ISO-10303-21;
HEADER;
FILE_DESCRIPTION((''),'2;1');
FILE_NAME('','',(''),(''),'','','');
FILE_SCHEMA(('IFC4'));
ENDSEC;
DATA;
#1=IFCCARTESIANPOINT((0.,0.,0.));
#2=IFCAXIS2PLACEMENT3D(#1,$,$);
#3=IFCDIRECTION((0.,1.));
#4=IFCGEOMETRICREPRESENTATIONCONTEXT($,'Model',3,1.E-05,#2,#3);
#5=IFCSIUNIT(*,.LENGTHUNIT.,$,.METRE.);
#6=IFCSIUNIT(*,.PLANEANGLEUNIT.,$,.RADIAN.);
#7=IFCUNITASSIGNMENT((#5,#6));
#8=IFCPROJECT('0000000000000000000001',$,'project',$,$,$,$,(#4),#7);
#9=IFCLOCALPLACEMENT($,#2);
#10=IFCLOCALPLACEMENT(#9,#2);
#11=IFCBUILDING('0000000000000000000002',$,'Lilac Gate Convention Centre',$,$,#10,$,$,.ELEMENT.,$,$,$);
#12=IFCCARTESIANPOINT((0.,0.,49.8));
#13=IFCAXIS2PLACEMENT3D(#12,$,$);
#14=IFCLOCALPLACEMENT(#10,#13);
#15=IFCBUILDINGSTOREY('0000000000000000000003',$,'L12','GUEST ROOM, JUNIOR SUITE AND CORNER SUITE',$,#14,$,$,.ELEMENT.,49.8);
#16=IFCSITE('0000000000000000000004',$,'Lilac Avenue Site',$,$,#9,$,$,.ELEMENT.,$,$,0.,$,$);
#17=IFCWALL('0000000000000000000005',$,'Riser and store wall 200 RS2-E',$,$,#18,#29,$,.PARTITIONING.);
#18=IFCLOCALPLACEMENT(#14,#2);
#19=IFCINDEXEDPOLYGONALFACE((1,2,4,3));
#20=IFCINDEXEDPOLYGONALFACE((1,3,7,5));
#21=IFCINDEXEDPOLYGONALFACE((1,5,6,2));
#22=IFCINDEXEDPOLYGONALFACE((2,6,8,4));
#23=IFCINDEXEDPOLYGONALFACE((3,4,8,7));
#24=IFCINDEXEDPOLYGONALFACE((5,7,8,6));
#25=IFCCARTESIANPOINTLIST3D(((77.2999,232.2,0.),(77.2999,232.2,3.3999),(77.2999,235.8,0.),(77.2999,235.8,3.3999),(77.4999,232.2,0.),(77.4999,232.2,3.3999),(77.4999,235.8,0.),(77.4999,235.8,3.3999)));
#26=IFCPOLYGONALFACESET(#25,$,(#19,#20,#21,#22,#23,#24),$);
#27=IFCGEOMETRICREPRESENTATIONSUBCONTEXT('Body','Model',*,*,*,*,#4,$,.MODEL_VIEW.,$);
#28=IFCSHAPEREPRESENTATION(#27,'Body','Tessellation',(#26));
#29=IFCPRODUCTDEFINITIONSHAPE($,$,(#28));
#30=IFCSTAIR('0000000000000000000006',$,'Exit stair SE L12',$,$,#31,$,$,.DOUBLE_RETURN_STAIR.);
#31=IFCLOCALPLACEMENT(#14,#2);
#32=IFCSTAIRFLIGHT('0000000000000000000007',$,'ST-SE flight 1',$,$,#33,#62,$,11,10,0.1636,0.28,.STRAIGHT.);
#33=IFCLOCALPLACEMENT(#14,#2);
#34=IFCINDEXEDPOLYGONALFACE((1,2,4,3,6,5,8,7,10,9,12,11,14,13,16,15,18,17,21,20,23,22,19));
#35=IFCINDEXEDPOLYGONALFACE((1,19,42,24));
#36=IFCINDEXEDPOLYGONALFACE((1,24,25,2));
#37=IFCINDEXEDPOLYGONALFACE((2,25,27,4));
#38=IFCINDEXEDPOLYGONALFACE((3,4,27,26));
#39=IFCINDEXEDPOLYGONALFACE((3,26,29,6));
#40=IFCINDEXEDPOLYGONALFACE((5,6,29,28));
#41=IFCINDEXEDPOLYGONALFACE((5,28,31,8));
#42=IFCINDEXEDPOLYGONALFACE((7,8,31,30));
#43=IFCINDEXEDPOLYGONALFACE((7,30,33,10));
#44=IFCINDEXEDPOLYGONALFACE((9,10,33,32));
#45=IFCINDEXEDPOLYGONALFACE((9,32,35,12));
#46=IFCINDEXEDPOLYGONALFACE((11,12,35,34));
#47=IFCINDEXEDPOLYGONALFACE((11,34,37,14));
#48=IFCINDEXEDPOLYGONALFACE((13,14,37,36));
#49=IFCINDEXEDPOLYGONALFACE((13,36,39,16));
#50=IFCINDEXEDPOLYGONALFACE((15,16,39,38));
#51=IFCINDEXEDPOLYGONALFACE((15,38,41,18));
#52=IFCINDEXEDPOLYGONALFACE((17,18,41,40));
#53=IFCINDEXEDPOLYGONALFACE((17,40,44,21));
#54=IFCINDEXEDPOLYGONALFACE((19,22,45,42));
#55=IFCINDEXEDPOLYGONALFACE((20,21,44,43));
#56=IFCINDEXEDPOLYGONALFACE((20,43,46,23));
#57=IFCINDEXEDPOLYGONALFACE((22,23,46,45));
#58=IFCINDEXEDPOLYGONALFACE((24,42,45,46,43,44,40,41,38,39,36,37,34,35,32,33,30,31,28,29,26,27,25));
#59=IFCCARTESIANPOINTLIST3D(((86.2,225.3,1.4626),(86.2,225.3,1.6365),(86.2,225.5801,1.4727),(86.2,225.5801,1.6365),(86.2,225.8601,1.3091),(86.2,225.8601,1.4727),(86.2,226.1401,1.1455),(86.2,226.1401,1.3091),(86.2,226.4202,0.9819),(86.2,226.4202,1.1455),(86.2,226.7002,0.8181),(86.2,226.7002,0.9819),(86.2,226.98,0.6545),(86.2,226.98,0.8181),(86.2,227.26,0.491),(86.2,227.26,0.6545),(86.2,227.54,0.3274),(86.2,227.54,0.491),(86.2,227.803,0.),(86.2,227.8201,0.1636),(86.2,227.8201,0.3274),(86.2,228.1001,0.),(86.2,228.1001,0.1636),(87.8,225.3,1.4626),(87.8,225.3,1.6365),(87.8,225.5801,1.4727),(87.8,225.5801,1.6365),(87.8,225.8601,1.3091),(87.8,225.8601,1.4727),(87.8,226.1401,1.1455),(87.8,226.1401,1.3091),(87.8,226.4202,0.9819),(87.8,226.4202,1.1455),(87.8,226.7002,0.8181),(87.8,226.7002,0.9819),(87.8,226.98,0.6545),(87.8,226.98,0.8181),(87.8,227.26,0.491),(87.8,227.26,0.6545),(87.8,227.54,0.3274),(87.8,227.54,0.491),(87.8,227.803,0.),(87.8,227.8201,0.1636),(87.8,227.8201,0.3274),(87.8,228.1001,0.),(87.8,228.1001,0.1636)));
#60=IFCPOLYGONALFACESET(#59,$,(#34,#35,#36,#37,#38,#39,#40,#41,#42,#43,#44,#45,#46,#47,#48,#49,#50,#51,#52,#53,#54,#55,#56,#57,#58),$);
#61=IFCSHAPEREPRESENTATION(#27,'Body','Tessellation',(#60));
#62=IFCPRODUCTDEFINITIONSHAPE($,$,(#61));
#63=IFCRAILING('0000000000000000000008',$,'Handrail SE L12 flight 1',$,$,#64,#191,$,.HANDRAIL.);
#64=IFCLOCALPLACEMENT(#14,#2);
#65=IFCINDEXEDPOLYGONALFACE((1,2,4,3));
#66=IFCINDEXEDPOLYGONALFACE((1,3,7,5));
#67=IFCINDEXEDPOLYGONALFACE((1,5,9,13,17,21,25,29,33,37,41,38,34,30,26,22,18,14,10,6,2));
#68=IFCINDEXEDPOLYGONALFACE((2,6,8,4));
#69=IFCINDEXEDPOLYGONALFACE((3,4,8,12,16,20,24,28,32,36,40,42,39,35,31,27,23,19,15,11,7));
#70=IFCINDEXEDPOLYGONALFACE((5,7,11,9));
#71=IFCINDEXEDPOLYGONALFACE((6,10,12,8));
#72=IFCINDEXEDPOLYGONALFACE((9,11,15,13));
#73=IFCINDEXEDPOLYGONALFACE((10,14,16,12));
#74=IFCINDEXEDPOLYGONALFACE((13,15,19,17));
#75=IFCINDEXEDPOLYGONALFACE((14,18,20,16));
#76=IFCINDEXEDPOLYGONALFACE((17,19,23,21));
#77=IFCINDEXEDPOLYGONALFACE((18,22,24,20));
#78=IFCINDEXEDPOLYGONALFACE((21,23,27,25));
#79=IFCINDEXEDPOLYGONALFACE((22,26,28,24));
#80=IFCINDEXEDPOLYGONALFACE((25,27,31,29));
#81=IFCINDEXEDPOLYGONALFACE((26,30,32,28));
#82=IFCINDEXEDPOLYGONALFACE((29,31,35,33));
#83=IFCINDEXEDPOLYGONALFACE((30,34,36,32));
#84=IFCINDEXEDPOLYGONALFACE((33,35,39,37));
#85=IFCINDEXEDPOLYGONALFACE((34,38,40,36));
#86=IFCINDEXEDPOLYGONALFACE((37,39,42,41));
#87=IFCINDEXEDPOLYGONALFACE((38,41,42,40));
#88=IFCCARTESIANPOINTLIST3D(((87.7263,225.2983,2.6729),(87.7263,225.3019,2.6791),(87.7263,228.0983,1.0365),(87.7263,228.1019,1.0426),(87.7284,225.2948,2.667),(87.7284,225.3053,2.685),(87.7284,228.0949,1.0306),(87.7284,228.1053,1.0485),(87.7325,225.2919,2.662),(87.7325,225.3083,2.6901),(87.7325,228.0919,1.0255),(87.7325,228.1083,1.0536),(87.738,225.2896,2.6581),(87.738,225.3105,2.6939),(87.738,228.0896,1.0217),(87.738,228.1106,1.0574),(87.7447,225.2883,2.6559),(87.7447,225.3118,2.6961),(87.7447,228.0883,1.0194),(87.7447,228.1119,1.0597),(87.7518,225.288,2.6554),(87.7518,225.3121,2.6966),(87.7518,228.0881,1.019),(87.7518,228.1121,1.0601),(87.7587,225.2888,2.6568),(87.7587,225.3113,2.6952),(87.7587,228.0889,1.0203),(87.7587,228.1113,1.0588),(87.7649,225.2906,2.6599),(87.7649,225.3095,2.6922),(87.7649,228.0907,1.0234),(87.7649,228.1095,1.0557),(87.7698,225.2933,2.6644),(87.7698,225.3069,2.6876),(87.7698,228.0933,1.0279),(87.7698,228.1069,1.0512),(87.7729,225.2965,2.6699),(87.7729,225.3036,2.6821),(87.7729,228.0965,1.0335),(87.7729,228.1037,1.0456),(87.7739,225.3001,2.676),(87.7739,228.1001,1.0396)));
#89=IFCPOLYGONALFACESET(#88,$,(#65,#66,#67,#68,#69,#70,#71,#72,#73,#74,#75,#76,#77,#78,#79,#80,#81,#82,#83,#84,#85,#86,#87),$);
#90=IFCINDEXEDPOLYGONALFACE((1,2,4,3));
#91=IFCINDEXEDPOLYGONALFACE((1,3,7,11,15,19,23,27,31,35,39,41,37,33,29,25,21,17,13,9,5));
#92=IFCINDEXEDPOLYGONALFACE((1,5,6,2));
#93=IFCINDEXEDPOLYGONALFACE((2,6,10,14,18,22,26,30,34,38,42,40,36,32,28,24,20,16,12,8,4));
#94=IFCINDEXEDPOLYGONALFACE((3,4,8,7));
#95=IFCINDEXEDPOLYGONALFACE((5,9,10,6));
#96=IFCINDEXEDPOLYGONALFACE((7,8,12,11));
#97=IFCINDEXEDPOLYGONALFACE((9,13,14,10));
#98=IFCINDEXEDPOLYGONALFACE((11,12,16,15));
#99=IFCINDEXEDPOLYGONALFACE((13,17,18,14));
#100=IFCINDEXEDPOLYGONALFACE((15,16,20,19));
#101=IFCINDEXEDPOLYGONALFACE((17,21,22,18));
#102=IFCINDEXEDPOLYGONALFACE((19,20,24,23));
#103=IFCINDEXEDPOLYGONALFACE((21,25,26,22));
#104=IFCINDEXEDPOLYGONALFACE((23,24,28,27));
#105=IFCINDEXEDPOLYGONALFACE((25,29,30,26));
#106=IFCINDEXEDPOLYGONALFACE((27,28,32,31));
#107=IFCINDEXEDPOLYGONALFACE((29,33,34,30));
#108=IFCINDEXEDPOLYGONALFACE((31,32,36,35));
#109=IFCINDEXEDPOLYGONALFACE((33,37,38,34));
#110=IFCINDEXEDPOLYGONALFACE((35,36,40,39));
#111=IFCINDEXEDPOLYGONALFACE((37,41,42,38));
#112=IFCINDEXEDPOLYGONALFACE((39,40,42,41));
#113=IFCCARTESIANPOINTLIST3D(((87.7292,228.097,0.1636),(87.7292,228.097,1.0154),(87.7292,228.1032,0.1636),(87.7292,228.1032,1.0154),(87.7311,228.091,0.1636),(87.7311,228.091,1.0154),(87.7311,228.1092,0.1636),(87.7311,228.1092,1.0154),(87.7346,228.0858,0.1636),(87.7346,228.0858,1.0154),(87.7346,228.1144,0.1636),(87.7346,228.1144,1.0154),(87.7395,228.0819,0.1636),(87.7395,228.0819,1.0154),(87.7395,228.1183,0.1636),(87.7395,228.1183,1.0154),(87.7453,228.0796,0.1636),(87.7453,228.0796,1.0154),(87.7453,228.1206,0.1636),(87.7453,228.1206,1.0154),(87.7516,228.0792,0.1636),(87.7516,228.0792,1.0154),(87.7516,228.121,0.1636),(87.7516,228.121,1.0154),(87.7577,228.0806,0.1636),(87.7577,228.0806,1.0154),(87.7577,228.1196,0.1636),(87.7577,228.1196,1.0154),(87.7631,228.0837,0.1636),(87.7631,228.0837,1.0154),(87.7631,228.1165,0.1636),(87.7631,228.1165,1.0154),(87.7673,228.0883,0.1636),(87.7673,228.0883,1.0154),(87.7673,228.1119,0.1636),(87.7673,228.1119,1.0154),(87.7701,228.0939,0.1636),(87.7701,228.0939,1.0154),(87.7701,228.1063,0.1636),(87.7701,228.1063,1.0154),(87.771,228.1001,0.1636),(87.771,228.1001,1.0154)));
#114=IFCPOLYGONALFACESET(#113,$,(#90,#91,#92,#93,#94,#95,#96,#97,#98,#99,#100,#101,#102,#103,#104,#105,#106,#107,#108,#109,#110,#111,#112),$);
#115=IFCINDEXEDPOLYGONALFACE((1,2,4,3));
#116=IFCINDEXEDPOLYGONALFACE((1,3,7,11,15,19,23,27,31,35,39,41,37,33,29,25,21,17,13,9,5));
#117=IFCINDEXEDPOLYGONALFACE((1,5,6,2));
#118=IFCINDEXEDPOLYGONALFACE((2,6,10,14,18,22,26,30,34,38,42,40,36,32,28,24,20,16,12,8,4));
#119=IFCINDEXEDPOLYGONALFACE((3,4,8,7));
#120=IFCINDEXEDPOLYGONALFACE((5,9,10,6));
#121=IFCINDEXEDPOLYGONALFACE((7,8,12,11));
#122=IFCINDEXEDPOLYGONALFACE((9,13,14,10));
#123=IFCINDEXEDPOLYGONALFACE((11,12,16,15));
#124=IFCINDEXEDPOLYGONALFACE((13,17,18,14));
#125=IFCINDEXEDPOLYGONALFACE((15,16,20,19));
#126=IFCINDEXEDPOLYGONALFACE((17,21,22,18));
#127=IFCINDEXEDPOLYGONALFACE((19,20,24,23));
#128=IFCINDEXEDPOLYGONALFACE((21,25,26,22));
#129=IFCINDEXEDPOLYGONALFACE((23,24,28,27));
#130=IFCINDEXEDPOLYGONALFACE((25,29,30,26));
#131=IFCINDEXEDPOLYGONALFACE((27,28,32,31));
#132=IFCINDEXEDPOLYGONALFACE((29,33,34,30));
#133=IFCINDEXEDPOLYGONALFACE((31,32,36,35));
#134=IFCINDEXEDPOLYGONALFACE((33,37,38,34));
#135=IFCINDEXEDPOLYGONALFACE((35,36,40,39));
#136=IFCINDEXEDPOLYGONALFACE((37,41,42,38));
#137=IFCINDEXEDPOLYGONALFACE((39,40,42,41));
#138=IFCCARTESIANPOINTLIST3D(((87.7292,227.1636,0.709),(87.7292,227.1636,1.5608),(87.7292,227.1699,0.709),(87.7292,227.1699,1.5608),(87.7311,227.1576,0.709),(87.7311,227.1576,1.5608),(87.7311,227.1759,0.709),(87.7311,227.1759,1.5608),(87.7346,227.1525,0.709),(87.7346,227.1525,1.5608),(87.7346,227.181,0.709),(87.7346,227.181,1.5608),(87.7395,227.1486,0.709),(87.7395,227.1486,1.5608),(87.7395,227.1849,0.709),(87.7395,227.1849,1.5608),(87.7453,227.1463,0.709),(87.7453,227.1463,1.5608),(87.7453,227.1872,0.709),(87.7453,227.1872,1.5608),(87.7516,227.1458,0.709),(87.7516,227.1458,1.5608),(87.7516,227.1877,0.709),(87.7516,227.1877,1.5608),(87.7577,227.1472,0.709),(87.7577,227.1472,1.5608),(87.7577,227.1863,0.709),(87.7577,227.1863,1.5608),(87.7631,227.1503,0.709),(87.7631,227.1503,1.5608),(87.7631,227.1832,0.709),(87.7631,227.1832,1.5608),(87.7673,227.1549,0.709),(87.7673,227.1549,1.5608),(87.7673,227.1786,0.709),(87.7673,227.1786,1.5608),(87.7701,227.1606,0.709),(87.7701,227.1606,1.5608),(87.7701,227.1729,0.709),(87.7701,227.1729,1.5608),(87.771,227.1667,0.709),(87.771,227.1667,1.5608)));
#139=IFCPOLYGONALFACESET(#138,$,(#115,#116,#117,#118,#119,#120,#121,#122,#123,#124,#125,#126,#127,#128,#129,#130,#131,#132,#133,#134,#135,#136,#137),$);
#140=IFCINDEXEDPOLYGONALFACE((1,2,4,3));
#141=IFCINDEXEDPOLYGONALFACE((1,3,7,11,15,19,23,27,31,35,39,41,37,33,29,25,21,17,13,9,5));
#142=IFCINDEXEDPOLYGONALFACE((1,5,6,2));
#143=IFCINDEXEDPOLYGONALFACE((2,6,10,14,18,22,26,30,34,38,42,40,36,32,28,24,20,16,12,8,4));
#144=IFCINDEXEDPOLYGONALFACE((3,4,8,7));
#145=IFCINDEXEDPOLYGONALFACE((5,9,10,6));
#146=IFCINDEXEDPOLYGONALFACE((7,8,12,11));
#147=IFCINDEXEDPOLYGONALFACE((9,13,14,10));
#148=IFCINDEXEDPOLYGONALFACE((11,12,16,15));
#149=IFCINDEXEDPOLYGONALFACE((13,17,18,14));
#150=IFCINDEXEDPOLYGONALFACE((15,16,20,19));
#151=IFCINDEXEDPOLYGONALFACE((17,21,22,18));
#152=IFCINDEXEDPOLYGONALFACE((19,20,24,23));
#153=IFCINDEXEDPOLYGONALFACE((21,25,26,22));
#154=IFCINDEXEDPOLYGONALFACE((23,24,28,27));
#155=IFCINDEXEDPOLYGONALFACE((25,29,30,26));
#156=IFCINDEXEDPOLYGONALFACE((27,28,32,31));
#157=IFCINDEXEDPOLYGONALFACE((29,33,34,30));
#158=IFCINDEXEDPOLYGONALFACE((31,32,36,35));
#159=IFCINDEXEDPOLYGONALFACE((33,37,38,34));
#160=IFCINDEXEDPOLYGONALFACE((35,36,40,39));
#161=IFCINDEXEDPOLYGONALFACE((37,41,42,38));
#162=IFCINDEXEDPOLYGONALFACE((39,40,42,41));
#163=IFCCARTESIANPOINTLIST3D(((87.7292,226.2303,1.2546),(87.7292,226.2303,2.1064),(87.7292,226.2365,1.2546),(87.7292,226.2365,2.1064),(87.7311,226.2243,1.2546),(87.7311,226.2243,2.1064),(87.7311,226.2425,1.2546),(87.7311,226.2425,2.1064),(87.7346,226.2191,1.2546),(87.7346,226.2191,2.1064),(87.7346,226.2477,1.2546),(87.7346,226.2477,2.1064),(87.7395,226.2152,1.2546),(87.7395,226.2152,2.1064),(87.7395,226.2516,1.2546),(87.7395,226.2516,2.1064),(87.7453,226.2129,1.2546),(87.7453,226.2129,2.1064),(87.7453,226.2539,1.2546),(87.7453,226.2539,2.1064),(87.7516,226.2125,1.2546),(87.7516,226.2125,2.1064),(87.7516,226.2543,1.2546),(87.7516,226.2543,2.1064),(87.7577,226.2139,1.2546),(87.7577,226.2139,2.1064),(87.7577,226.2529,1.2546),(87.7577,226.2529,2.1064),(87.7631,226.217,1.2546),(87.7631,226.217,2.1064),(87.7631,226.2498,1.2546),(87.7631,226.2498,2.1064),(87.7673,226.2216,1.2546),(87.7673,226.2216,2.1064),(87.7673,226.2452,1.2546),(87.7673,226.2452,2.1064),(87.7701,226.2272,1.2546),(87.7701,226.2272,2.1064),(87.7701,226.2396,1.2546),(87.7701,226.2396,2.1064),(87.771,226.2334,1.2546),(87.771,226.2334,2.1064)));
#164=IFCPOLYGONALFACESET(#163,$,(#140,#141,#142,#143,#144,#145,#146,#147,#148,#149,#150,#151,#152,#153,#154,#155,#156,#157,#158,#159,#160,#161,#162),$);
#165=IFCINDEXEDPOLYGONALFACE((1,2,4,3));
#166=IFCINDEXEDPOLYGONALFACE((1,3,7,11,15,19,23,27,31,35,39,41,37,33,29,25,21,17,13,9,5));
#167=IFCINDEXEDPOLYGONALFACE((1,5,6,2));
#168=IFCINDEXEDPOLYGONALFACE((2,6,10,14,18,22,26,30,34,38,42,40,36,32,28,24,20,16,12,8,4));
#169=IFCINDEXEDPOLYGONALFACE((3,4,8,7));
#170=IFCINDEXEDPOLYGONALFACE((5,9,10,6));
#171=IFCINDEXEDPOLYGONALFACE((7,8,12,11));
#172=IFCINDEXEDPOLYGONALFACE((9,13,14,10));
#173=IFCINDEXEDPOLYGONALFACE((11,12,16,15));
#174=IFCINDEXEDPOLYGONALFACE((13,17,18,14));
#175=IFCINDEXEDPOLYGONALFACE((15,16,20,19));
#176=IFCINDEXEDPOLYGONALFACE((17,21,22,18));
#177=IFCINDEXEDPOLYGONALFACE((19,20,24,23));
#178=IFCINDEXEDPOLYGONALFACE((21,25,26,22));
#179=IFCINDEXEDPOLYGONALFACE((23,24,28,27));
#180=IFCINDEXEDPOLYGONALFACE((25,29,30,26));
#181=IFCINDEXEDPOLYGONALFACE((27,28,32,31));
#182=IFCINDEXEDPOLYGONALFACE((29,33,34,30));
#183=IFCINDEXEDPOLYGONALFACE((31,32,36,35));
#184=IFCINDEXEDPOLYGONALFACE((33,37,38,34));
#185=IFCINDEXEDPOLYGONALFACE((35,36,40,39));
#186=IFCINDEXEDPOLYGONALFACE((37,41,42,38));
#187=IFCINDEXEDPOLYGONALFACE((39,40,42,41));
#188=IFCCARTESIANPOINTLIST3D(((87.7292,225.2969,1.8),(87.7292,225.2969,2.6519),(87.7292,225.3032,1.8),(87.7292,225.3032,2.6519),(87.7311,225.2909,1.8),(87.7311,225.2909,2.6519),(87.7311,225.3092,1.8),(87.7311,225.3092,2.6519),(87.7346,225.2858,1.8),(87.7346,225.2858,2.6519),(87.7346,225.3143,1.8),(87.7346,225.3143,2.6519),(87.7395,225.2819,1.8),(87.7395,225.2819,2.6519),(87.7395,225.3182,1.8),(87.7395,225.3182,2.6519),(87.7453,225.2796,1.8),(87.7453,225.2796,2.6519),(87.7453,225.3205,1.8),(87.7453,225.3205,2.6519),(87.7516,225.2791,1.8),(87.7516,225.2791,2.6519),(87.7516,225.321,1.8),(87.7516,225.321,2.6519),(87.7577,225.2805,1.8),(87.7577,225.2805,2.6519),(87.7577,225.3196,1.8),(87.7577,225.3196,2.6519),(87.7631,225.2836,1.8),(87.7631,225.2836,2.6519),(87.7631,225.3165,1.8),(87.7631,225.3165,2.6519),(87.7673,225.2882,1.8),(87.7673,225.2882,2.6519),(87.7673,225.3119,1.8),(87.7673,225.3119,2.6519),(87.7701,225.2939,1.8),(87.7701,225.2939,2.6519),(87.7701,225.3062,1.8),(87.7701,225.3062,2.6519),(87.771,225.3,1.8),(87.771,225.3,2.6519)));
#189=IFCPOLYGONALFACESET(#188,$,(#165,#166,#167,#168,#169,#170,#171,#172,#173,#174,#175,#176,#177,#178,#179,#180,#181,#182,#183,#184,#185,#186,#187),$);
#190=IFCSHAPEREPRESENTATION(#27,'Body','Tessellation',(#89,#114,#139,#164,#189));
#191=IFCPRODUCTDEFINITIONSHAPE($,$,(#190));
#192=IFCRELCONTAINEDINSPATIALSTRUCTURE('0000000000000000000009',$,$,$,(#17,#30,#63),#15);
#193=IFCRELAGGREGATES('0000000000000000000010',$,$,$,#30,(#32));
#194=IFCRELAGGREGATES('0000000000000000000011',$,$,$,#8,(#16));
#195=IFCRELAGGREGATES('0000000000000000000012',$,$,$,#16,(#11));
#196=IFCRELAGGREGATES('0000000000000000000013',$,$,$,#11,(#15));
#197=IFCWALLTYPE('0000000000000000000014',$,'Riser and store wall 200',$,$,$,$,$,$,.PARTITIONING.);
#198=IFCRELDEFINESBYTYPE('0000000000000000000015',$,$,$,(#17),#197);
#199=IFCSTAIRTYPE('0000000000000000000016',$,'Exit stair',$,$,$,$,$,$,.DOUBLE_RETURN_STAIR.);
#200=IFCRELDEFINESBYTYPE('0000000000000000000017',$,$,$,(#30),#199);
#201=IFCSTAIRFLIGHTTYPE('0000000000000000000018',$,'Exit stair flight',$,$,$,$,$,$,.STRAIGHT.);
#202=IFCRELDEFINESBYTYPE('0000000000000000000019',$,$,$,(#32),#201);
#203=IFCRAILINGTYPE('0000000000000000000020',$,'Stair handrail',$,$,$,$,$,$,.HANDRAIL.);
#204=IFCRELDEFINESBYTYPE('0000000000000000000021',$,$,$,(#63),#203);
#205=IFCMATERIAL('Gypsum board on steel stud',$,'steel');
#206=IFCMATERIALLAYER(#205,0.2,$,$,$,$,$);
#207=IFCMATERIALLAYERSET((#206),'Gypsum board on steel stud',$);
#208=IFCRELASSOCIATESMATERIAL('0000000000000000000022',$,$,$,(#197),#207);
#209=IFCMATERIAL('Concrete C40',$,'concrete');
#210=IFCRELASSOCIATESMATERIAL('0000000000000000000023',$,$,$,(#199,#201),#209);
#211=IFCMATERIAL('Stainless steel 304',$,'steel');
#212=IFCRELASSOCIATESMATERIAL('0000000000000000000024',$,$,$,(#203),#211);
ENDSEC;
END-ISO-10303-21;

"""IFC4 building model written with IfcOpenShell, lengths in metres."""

from ifc_helpers import new_model, si_unit, direction, frame, frame_2d, origin, origin_2d, place, context, subcontext, project, spatial, polyline, rectangle, circle, outline, extrude, material, layer, layer_set, type_object, element, aggregate, save


model = new_model("IFC4")

# Units and contexts
model_context = context("Model", 3, precision=1e-05, world=origin(), true_north=direction((0.0, 1.0)))
body_context = subcontext(model_context, "Body", "Model", "MODEL_VIEW")
ifc_project = project(units=[si_unit("LENGTHUNIT", "METRE"), si_unit("PLANEANGLEUNIT", "RADIAN")], contexts=[model_context])

# Site, building, storey
site_placement = place(None, origin())
site = spatial("IfcSite", under=ifc_project, at=site_placement, Name="Lilac Avenue Site", CompositionType="ELEMENT", RefElevation=0.0)
building_placement = place(site_placement, origin())
building = spatial("IfcBuilding", under=site, at=building_placement, Name="Lilac Gate Convention Centre", CompositionType="ELEMENT")
storey_placement = place(building_placement, frame((0.0, 0.0, 49.8)))
storey = spatial("IfcBuildingStorey", under=building, at=storey_placement, Name="L12", Description="GUEST ROOM, JUNIOR SUITE AND CORNER SUITE", CompositionType="ELEMENT", Elevation=49.8)

# Shared definitions
ifc_material_1 = material(Name="Stainless steel 304", Category="steel")
ifc_material_2 = material(Name="Gypsum board on steel stud", Category="steel")

# Wall
ifc_layer_1 = layer(ifc_material_2, 0.2)
ifc_layer_set_1 = layer_set([ifc_layer_1], Name="Gypsum board on steel stud")
wall_type_1 = type_object("IfcWallType", Name="Riser and store wall 200", PredefinedType="PARTITIONING", material=ifc_layer_set_1)
wall_1_placement = place(storey_placement, frame((77.3999, 232.2, 0.0), z_axis=(0.0, 0.0, 1.0), x_axis=(0.0, 1.0, 0.0)))
element("IfcWall", 1, at=wall_1_placement, inside=storey, type_object=wall_type_1, Name="Riser and store wall 200 RS2-E", PredefinedType="PARTITIONING", context=body_context, shape_type="SweptSolid", body=[
    extrude(rectangle(XDim=3.6001, YDim=0.2, at=frame_2d((1.8, 0.0))), origin(), (0.0, 0.0, 1.0), 3.3999),
])

# Stair, stair flight
ifc_material_3 = material(Name="Concrete C40", Category="concrete")
stair_type = type_object("IfcStairType", Name="Exit stair", PredefinedType="DOUBLE_RETURN_STAIR", material=ifc_material_3)
stair_placement = place(storey_placement, origin())
stair = element("IfcStair", 2, at=stair_placement, inside=storey, type_object=stair_type, Name="Exit stair SE L12", PredefinedType="DOUBLE_RETURN_STAIR")
stair_flight_type = type_object("IfcStairFlightType", Name="Exit stair flight", PredefinedType="STRAIGHT", material=ifc_material_3)
stair_flight_placement = place(storey_placement, frame((87.0, 228.1001, 0.0), z_axis=(0.0, 0.0, 1.0), x_axis=(0.0, -1.0, 0.0)))
stair_flight = element("IfcStairFlight", 3, at=stair_flight_placement, type_object=stair_flight_type, Name="ST-SE flight 1", NumberOfRisers=11, NumberOfTreads=10, PredefinedType="STRAIGHT", RiserHeight=0.1636, TreadLength=0.28, context=body_context, shape_type="SweptSolid", body=[
    extrude(outline(polyline([(0.0, 0.0), (0.0, 0.1636), (0.28, 0.1636), (0.28, 0.3274), (0.5601, 0.3274), (0.5601, 0.491), (0.8401, 0.491), (0.8401, 0.6545), (1.1201, 0.6545), (1.1201, 0.8181), (1.3999, 0.8181), (1.3999, 0.9819), (1.6799, 0.9819), (1.6799, 1.1455), (1.96, 1.1455), (1.96, 1.3091), (2.24, 1.3091), (2.24, 1.4727), (2.52, 1.4727), (2.52, 1.6365), (2.8, 1.6365), (2.8, 1.8), (2.8, 1.4626), (0.2971, 0.0), (0.0, 0.0)])), frame((0.0, 0.8, 0.0), z_axis=(0.0, -1.0, 0.0), x_axis=(1.0, 0.0, 0.0)), (0.0, 0.0, 1.0), 1.6001),
])
aggregate(stair, [stair_flight])

# Railing
railing_type = type_object("IfcRailingType", Name="Stair handrail", PredefinedType="HANDRAIL", material=ifc_material_1)
for number, where, name in (
    (4, (87.75, 228.1001, 0.1636), "Handrail SE L12 flight 1"),
):
    element("IfcRailing", number, at=place(storey_placement, frame(where)), inside=storey, type_object=railing_type, Name=name, PredefinedType="HANDRAIL", context=body_context, shape_type="SweptSolid", body=[
        extrude(circle(Radius=0.0239, at=origin_2d()), frame((0.0, 0.0, 0.876), z_axis=(0.0, -0.863361, 0.504587), x_axis=(1.0, 0.0, 0.0)), (0.0, 0.0, 1.0), 3.2432),
        extrude(circle(Radius=0.021, at=origin_2d()), origin(), (0.0, 0.0, 1.0), 0.8518),
        extrude(circle(Radius=0.021, at=origin_2d()), frame((0.0, -0.9333, 0.5454)), (0.0, 0.0, 1.0), 0.8518),
        extrude(circle(Radius=0.021, at=origin_2d()), frame((0.0, -1.8667, 1.0911)), (0.0, 0.0, 1.0), 0.8518),
        extrude(circle(Radius=0.021, at=origin_2d()), frame((0.0, -2.8, 1.6365)), (0.0, 0.0, 1.0), 0.8518),
    ])

save(model, "model.ifc")
